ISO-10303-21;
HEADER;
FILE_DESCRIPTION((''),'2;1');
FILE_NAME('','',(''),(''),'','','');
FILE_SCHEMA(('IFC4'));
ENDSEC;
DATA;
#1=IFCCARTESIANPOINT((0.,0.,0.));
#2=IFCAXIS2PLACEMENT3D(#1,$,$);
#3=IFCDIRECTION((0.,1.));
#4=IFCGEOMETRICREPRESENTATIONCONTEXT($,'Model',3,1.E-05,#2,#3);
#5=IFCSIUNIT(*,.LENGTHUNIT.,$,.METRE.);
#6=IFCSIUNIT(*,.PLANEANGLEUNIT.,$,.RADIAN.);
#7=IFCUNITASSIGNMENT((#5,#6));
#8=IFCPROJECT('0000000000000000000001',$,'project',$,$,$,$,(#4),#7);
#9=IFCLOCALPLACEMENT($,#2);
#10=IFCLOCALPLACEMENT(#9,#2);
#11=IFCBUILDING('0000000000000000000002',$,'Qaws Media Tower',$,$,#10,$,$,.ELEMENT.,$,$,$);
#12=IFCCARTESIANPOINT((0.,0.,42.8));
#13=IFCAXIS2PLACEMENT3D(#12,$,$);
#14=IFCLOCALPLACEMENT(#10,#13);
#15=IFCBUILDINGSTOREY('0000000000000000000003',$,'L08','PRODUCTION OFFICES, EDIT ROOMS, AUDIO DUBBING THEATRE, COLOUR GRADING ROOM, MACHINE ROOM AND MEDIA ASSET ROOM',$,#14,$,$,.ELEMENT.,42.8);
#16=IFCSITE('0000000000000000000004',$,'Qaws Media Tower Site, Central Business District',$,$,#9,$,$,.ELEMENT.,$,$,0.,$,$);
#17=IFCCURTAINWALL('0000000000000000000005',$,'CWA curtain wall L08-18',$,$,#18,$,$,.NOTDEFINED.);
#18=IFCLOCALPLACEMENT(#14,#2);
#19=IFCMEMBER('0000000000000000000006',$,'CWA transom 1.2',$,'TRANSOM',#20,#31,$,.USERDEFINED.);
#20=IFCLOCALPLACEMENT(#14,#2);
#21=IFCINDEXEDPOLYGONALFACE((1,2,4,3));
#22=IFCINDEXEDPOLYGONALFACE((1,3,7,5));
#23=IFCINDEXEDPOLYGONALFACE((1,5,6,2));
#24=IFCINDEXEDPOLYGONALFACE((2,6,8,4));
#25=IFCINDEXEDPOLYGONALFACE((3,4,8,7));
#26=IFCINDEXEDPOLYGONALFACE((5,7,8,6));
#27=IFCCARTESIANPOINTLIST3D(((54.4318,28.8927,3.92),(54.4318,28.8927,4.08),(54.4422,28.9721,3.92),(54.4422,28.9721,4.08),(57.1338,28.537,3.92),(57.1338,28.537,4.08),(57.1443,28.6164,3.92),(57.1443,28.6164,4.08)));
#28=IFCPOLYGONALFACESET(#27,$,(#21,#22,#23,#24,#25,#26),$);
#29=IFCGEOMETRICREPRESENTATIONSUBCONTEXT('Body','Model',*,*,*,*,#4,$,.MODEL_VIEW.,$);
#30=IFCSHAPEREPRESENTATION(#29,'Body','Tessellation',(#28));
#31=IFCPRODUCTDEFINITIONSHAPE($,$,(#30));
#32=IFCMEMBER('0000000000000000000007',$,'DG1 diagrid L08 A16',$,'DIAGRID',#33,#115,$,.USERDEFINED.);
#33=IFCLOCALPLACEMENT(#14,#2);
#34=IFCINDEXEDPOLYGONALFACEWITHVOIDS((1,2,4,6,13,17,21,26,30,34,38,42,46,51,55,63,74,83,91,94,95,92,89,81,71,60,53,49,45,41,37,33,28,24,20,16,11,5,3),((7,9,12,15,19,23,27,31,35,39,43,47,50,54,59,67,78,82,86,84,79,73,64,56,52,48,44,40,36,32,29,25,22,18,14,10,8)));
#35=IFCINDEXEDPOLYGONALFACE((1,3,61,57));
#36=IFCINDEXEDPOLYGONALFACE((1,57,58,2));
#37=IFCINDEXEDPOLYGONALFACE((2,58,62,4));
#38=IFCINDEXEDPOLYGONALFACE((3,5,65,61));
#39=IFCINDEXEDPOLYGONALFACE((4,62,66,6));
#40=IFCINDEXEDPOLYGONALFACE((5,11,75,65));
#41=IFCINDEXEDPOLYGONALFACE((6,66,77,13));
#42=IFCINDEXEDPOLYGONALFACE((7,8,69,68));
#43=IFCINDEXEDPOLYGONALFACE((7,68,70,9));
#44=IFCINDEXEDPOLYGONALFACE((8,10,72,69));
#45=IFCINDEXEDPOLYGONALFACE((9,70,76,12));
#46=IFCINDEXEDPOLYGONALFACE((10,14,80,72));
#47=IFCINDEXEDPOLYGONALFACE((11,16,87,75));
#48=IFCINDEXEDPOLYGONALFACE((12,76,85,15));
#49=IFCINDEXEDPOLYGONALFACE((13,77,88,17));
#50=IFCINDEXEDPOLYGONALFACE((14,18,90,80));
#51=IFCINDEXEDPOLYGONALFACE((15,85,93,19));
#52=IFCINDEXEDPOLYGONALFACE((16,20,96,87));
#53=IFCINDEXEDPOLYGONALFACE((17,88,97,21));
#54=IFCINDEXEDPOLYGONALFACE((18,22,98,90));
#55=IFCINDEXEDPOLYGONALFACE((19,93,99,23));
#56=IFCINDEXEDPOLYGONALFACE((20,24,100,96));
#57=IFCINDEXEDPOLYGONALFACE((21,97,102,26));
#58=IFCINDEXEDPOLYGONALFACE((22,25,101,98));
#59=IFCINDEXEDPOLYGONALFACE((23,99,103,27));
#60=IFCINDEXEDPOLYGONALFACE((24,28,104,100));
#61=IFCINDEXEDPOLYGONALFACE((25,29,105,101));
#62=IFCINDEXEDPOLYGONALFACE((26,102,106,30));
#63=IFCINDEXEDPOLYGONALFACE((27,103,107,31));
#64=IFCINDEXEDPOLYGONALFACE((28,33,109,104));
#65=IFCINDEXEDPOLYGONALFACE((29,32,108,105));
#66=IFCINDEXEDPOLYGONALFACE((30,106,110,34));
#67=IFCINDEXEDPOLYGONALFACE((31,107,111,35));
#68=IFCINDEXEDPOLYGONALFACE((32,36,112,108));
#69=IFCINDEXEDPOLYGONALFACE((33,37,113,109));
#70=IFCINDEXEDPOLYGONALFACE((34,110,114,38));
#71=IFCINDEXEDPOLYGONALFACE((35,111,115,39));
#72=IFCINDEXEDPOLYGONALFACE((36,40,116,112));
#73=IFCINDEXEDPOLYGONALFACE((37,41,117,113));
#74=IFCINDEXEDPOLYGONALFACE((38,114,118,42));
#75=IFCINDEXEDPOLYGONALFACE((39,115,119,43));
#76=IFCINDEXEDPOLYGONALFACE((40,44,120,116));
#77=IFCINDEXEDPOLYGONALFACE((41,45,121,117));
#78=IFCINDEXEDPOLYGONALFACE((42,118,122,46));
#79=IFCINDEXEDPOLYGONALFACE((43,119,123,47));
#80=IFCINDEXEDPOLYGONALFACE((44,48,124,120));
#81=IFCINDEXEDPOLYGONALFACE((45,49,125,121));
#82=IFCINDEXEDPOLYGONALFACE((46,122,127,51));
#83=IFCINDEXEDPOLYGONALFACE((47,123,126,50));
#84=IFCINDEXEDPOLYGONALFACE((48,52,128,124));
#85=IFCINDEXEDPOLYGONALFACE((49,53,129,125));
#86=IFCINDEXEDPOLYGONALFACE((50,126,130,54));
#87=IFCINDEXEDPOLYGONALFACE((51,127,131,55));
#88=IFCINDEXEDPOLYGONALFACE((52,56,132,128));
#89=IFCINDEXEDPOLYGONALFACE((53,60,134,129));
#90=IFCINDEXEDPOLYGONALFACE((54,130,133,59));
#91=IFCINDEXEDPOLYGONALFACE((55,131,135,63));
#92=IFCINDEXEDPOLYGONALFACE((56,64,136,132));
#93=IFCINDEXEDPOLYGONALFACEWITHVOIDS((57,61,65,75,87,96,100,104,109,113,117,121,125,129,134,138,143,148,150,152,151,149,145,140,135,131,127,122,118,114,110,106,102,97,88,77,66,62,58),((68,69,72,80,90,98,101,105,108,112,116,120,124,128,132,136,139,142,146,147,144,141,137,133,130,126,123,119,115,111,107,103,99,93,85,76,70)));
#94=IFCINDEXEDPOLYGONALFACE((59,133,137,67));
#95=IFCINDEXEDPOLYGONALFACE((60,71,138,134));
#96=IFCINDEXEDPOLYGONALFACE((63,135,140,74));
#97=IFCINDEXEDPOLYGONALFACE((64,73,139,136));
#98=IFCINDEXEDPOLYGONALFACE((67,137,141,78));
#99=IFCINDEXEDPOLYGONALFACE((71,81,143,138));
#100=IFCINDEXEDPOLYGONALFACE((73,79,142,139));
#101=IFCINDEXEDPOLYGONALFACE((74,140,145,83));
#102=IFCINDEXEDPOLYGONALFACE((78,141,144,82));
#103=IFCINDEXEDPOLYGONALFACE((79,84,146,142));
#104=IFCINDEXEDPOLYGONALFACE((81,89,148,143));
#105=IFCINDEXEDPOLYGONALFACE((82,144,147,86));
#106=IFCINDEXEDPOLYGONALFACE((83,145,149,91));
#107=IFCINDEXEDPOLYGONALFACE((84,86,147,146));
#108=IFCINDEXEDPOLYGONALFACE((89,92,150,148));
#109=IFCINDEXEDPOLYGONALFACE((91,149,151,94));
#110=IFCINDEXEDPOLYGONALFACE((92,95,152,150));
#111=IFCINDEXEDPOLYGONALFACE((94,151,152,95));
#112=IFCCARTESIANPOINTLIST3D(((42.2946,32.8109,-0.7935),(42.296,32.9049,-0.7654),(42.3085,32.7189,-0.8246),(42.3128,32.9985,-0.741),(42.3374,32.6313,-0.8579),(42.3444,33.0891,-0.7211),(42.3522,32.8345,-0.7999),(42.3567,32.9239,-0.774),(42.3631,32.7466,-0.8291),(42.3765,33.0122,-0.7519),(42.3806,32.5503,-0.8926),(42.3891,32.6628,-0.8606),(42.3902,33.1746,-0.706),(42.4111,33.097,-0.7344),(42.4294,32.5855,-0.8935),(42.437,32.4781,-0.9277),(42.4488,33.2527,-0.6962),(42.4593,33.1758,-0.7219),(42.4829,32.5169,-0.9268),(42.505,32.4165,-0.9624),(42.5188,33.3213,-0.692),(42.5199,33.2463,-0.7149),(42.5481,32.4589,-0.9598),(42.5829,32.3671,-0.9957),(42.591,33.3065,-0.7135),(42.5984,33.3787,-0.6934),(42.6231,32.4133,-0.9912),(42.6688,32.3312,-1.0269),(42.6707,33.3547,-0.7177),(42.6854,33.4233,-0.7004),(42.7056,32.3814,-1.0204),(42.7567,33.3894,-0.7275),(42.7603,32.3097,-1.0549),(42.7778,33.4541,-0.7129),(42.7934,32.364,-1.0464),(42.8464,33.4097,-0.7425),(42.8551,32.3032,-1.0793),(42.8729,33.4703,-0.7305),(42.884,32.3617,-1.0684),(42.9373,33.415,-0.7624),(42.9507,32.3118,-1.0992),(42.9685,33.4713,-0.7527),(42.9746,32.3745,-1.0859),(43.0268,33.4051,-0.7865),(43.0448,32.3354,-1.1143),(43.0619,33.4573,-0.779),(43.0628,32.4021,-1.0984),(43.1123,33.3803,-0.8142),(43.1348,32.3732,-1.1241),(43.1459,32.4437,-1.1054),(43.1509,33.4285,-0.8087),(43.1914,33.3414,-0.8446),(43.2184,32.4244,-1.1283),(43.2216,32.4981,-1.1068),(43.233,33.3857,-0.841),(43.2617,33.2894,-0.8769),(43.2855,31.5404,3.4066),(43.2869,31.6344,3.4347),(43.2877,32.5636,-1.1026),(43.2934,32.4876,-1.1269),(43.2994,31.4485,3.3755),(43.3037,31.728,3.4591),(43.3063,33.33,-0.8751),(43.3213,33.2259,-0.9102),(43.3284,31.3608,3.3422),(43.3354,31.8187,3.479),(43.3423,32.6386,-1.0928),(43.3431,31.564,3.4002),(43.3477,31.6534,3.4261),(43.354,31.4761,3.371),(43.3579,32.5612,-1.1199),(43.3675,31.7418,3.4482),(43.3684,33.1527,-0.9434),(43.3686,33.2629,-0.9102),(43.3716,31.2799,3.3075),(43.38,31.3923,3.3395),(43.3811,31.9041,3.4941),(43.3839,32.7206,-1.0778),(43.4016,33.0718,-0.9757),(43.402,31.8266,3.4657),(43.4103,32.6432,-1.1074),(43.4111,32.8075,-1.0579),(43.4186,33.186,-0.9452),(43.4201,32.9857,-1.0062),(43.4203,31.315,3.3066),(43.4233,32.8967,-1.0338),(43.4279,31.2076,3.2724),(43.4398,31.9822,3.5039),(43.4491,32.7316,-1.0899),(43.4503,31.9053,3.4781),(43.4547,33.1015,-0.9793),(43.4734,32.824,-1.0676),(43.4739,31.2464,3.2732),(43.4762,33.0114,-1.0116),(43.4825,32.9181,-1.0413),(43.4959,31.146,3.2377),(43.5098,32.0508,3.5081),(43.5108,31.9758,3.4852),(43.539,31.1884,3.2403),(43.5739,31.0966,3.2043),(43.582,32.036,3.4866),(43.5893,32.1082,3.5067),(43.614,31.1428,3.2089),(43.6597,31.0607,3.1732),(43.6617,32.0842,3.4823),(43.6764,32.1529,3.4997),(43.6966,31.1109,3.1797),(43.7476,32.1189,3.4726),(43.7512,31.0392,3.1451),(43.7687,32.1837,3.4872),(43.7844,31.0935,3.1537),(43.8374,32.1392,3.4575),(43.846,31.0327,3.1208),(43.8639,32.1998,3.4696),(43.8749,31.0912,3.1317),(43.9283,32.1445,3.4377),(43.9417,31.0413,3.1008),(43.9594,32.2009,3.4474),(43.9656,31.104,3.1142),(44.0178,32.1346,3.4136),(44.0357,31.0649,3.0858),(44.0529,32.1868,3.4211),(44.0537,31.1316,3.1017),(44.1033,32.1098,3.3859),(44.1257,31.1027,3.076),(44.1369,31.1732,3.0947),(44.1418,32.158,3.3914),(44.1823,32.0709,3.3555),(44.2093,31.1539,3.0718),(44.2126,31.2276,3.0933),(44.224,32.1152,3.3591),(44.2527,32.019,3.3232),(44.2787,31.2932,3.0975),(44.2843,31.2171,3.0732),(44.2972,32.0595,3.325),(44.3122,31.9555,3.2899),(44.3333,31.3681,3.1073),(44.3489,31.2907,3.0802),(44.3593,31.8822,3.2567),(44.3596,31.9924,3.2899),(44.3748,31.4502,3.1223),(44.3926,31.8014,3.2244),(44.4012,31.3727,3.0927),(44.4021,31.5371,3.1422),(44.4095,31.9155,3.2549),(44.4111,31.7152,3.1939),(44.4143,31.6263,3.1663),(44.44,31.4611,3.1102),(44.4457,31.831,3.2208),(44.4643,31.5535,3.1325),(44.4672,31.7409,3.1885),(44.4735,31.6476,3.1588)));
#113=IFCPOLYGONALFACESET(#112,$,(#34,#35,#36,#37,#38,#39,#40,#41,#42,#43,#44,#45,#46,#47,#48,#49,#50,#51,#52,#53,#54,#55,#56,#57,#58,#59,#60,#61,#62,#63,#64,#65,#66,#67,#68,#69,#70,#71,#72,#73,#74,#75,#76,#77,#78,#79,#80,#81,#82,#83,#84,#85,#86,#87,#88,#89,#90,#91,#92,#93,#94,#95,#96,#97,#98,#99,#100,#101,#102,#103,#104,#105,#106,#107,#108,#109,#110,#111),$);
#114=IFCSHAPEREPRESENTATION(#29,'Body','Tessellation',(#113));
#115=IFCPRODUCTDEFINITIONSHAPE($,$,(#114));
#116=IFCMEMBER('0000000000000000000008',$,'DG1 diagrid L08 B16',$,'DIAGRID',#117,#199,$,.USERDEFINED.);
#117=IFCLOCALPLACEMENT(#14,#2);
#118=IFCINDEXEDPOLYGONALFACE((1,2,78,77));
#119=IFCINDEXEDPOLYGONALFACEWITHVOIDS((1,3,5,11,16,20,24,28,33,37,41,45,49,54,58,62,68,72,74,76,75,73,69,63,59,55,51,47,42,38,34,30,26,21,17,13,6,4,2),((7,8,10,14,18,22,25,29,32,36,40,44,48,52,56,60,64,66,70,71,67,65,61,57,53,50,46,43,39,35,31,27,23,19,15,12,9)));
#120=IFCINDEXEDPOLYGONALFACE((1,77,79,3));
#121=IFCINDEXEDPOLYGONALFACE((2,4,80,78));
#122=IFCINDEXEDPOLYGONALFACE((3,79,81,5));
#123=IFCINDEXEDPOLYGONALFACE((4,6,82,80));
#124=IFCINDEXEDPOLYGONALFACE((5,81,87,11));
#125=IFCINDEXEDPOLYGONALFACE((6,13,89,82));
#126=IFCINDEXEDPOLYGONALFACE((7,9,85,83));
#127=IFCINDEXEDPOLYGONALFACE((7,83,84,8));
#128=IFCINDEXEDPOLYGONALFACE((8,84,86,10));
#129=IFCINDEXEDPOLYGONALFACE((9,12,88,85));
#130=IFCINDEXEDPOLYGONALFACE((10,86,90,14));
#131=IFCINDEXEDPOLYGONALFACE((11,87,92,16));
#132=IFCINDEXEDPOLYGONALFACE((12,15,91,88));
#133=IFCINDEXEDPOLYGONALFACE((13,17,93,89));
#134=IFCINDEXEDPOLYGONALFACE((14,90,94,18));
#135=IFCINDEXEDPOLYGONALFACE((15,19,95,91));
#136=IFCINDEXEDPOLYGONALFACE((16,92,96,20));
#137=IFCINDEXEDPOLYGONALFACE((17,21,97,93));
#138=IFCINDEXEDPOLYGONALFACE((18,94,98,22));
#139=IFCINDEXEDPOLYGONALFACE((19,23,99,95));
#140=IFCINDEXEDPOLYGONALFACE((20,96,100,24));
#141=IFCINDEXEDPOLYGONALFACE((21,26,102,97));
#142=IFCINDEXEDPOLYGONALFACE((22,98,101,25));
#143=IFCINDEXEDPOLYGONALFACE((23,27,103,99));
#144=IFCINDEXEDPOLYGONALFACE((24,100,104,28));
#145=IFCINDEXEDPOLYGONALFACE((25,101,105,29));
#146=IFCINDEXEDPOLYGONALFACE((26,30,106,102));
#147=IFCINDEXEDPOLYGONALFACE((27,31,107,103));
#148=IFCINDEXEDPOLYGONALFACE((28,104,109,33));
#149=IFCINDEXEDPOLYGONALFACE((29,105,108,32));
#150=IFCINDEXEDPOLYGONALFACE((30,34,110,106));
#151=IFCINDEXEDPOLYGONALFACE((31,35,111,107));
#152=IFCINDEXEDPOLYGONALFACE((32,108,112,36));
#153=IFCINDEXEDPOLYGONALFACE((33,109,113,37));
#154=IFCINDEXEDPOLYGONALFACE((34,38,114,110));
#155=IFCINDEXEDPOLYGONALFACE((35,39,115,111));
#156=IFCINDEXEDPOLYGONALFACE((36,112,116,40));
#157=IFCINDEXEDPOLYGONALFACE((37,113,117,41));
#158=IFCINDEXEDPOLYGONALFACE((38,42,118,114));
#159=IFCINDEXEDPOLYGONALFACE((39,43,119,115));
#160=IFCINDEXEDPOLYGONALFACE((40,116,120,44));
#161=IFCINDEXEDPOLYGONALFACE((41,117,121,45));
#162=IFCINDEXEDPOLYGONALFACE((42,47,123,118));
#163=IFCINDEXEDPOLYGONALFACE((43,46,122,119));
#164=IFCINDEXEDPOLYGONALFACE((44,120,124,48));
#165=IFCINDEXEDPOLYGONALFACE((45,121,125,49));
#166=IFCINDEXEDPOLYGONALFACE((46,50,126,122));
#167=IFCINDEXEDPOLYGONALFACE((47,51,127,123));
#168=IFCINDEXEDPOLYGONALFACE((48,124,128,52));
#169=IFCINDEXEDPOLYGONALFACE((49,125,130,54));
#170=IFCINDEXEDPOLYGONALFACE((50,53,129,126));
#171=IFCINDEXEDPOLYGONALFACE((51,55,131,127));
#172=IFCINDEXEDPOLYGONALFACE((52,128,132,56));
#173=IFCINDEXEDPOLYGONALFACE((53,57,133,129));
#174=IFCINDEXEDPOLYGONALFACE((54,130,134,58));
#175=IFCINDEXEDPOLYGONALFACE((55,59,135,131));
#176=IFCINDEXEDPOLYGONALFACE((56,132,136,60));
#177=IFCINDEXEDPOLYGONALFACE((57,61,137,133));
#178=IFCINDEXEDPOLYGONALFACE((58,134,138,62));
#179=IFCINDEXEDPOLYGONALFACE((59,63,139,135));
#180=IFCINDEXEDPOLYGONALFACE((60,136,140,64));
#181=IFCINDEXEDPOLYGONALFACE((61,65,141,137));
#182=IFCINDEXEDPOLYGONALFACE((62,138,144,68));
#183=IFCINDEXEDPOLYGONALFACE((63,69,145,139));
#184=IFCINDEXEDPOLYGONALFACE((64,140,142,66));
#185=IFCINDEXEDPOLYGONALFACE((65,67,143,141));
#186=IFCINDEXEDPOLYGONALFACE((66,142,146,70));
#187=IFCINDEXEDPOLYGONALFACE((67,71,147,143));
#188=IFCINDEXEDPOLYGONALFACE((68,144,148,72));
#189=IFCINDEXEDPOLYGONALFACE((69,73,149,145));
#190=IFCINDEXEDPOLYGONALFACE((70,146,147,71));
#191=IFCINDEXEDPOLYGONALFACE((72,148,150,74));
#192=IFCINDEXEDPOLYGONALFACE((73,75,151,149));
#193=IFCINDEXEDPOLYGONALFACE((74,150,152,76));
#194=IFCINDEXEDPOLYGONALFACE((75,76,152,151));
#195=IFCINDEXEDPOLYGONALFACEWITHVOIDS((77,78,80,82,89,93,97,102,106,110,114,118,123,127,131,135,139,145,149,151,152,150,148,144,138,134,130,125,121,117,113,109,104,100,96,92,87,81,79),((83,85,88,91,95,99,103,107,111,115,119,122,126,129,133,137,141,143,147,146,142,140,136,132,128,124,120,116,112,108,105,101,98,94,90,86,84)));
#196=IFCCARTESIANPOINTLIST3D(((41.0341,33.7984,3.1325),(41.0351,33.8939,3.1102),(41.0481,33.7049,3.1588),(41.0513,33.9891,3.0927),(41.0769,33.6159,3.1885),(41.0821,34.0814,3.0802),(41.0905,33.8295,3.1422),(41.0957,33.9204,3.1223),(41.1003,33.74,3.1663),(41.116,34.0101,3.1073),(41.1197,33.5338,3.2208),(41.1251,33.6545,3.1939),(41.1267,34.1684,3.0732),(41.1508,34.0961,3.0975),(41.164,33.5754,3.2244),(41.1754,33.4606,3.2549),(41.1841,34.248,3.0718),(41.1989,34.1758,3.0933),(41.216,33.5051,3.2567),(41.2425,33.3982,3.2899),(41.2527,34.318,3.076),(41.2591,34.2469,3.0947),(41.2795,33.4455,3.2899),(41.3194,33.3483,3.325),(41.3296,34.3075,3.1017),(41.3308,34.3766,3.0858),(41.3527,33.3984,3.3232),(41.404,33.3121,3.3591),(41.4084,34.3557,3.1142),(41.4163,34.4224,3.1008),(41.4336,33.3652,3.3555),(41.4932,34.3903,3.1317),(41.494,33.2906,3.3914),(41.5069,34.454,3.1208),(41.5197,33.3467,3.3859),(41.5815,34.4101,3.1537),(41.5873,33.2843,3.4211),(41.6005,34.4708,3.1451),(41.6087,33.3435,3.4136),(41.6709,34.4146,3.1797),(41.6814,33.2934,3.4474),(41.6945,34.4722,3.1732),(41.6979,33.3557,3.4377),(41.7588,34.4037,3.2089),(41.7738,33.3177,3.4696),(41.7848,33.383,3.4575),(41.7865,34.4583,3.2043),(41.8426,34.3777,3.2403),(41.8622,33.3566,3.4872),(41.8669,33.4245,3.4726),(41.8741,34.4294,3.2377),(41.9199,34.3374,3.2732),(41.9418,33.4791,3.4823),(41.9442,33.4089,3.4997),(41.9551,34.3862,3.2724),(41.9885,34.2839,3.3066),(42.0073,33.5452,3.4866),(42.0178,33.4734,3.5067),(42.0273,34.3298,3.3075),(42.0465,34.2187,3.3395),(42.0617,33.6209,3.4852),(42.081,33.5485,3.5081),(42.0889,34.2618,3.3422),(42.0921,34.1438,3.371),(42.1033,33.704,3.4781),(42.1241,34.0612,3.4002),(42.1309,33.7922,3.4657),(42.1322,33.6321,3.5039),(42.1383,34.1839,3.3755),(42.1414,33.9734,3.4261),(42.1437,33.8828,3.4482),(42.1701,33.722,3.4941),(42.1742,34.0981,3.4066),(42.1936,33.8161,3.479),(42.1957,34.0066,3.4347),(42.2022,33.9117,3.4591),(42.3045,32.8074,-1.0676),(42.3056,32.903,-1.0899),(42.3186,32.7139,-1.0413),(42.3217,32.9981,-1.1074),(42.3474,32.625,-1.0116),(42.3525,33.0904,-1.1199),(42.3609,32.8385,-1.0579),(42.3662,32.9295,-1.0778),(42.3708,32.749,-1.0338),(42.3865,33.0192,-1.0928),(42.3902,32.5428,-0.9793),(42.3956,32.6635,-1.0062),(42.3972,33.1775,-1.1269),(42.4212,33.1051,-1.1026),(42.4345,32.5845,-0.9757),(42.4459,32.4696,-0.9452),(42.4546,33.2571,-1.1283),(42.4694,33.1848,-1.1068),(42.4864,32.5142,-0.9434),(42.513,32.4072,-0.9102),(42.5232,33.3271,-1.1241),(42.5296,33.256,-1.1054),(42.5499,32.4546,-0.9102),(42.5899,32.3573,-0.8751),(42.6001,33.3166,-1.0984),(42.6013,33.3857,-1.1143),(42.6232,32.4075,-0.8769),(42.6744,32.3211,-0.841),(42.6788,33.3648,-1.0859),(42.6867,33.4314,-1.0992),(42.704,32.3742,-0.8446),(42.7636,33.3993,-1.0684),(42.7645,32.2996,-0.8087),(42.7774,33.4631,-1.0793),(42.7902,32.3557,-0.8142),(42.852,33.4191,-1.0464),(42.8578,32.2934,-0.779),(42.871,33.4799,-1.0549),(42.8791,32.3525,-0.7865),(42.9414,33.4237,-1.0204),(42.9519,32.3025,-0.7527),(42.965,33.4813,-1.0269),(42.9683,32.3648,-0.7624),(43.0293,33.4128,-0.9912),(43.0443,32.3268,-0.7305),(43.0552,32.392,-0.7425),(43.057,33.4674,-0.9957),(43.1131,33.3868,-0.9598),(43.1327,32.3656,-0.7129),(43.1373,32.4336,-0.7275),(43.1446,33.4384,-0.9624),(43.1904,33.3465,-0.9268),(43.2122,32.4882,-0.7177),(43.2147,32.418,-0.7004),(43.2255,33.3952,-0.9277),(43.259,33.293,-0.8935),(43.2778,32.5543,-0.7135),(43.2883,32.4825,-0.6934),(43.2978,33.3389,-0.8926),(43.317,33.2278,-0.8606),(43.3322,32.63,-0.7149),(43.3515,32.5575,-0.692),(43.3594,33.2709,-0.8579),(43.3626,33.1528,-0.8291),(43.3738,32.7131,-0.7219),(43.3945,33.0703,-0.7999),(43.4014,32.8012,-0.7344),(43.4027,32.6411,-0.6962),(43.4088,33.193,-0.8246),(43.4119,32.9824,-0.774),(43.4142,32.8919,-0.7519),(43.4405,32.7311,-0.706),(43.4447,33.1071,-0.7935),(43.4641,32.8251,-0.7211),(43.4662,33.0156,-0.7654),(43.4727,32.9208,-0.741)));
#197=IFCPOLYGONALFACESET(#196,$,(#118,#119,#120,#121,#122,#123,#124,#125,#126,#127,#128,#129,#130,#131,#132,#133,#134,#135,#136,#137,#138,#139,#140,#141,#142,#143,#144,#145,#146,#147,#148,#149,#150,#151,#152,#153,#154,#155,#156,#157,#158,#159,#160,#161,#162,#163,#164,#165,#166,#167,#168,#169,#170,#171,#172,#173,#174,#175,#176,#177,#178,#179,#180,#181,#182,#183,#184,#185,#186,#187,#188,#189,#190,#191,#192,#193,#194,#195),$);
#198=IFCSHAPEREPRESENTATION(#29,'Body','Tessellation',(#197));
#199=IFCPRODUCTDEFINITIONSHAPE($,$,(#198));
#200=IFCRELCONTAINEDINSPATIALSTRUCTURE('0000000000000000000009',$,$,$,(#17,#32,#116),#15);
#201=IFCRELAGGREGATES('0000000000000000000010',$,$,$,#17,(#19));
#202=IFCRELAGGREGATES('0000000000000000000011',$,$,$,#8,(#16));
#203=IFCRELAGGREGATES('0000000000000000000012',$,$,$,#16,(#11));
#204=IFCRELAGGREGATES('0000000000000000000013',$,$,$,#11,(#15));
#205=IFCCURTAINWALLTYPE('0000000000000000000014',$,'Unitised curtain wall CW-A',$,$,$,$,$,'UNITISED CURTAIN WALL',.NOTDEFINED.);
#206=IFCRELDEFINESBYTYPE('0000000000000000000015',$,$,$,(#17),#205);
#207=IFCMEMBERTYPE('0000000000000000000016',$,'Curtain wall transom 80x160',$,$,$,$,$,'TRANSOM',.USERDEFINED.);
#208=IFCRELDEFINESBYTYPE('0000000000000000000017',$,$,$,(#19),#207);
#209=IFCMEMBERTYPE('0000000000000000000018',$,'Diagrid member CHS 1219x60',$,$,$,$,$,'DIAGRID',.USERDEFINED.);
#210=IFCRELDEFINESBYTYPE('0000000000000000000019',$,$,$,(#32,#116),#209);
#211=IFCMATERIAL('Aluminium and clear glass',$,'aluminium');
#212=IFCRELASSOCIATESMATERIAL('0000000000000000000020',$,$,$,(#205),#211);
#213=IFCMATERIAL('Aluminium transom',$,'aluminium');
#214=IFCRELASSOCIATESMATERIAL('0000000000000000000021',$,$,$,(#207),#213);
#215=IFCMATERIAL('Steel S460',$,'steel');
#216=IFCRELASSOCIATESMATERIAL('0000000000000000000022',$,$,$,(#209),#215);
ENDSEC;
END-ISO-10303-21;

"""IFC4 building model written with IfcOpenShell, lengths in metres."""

from ifc_helpers import new_model, si_unit, direction, frame, origin, origin_2d, place, context, subcontext, project, spatial, rectangle, hollow_circle, extrude, material, material_profile, profile_set, type_object, element, aggregate, save


model = new_model("IFC4")

# Units and contexts
model_context = context("Model", 3, precision=1e-05, world=origin(), true_north=direction((0.0, 1.0)))
body_context = subcontext(model_context, "Body", "Model", "MODEL_VIEW")
ifc_project = project(units=[si_unit("LENGTHUNIT", "METRE"), si_unit("PLANEANGLEUNIT", "RADIAN")], contexts=[model_context])

# Site, building, storey
site_placement = place(None, origin())
site = spatial("IfcSite", under=ifc_project, at=site_placement, Name="Qaws Media Tower Site, Central Business District", CompositionType="ELEMENT", RefElevation=0.0)
building_placement = place(site_placement, origin())
building = spatial("IfcBuilding", under=site, at=building_placement, Name="Qaws Media Tower", CompositionType="ELEMENT")
storey_placement = place(building_placement, frame((0.0, 0.0, 42.8)))
storey = spatial("IfcBuildingStorey", under=building, at=storey_placement, Name="L08", Description="PRODUCTION OFFICES, EDIT ROOMS, AUDIO DUBBING THEATRE, COLOUR GRADING ROOM, MACHINE ROOM AND MEDIA ASSET ROOM", CompositionType="ELEMENT", Elevation=42.8)

# Shared definitions
ifc_material_1 = material(Name="Aluminium and clear glass", Category="aluminium")
curtain_wall_type = type_object("IfcCurtainWallType", Name="Unitised curtain wall CW-A", ElementType="UNITISED CURTAIN WALL", PredefinedType="NOTDEFINED", material=ifc_material_1)

# Curtain wall
curtain_wall_1_placement = place(storey_placement, origin())
curtain_wall_1 = element("IfcCurtainWall", 1, at=curtain_wall_1_placement, inside=storey, type_object=curtain_wall_type, Name="CWA curtain wall L08-18", PredefinedType="NOTDEFINED")

# Member
ifc_material_2 = material(Name="Aluminium transom", Category="aluminium")
ifc_material_profile_1 = material_profile(ifc_material_2, rectangle(XDim=0.0801, YDim=0.1599, at=origin_2d()), Name="80x160")
ifc_profile_set_1 = profile_set([ifc_material_profile_1], Name="Aluminium transom")
member_type_1 = type_object("IfcMemberType", Name="Curtain wall transom 80x160", ElementType="TRANSOM", PredefinedType="USERDEFINED", material=ifc_profile_set_1)
member_1_placement = place(storey_placement, frame((54.437, 28.9324, 4.0), z_axis=(0.991446, -0.130515, 0.0), x_axis=(0.130515, 0.991446, 0.0)))
member_1 = element("IfcMember", 2, at=member_1_placement, type_object=member_type_1, Name="CWA transom 1.2", ObjectType="TRANSOM", PredefinedType="USERDEFINED", context=body_context, shape_type="SweptSolid", body=[
    extrude(rectangle(XDim=0.0801, YDim=0.1599, at=origin_2d()), origin(), (0.0, 0.0, 1.0), 2.7253),
])
aggregate(curtain_wall_1, [member_1])

# Members
ifc_material_3 = material(Name="Steel S460", Category="steel")
ifc_material_profile_2 = material_profile(ifc_material_3, hollow_circle(Radius=0.6096, WallThickness=0.0601, at=origin_2d()), Name="CHS 1219x60")
ifc_profile_set_2 = profile_set([ifc_material_profile_2], Name="Steel S460")
member_type_2 = type_object("IfcMemberType", Name="Diagrid member CHS 1219x60", ElementType="DIAGRID", PredefinedType="USERDEFINED", material=ifc_profile_set_2)
for number, where, z_axis, x_axis, name in (
    (3, (42.8879, 32.8879, -0.9102), (0.220281, -0.28242, 0.933657), (0.788511, 0.61502, 0.0), "DG1 diagrid L08 A16"),
    (4, (42.8879, 32.8879, -0.9102), (-0.28242, 0.220281, 0.933657), (-0.61502, -0.788511, 0.0), "DG1 diagrid L08 B16"),
):
    element("IfcMember", number, at=place(storey_placement, frame(where, z_axis=z_axis, x_axis=x_axis)), inside=storey, type_object=member_type_2, Name=name, ObjectType="DIAGRID", PredefinedType="USERDEFINED", context=body_context, shape_type="SweptSolid", body=[
        extrude(hollow_circle(Radius=0.6096, WallThickness=0.0601, at=origin_2d()), origin(), (0.0, 0.0, 1.0), 4.4985),
    ])

save(model, "model.ifc")
